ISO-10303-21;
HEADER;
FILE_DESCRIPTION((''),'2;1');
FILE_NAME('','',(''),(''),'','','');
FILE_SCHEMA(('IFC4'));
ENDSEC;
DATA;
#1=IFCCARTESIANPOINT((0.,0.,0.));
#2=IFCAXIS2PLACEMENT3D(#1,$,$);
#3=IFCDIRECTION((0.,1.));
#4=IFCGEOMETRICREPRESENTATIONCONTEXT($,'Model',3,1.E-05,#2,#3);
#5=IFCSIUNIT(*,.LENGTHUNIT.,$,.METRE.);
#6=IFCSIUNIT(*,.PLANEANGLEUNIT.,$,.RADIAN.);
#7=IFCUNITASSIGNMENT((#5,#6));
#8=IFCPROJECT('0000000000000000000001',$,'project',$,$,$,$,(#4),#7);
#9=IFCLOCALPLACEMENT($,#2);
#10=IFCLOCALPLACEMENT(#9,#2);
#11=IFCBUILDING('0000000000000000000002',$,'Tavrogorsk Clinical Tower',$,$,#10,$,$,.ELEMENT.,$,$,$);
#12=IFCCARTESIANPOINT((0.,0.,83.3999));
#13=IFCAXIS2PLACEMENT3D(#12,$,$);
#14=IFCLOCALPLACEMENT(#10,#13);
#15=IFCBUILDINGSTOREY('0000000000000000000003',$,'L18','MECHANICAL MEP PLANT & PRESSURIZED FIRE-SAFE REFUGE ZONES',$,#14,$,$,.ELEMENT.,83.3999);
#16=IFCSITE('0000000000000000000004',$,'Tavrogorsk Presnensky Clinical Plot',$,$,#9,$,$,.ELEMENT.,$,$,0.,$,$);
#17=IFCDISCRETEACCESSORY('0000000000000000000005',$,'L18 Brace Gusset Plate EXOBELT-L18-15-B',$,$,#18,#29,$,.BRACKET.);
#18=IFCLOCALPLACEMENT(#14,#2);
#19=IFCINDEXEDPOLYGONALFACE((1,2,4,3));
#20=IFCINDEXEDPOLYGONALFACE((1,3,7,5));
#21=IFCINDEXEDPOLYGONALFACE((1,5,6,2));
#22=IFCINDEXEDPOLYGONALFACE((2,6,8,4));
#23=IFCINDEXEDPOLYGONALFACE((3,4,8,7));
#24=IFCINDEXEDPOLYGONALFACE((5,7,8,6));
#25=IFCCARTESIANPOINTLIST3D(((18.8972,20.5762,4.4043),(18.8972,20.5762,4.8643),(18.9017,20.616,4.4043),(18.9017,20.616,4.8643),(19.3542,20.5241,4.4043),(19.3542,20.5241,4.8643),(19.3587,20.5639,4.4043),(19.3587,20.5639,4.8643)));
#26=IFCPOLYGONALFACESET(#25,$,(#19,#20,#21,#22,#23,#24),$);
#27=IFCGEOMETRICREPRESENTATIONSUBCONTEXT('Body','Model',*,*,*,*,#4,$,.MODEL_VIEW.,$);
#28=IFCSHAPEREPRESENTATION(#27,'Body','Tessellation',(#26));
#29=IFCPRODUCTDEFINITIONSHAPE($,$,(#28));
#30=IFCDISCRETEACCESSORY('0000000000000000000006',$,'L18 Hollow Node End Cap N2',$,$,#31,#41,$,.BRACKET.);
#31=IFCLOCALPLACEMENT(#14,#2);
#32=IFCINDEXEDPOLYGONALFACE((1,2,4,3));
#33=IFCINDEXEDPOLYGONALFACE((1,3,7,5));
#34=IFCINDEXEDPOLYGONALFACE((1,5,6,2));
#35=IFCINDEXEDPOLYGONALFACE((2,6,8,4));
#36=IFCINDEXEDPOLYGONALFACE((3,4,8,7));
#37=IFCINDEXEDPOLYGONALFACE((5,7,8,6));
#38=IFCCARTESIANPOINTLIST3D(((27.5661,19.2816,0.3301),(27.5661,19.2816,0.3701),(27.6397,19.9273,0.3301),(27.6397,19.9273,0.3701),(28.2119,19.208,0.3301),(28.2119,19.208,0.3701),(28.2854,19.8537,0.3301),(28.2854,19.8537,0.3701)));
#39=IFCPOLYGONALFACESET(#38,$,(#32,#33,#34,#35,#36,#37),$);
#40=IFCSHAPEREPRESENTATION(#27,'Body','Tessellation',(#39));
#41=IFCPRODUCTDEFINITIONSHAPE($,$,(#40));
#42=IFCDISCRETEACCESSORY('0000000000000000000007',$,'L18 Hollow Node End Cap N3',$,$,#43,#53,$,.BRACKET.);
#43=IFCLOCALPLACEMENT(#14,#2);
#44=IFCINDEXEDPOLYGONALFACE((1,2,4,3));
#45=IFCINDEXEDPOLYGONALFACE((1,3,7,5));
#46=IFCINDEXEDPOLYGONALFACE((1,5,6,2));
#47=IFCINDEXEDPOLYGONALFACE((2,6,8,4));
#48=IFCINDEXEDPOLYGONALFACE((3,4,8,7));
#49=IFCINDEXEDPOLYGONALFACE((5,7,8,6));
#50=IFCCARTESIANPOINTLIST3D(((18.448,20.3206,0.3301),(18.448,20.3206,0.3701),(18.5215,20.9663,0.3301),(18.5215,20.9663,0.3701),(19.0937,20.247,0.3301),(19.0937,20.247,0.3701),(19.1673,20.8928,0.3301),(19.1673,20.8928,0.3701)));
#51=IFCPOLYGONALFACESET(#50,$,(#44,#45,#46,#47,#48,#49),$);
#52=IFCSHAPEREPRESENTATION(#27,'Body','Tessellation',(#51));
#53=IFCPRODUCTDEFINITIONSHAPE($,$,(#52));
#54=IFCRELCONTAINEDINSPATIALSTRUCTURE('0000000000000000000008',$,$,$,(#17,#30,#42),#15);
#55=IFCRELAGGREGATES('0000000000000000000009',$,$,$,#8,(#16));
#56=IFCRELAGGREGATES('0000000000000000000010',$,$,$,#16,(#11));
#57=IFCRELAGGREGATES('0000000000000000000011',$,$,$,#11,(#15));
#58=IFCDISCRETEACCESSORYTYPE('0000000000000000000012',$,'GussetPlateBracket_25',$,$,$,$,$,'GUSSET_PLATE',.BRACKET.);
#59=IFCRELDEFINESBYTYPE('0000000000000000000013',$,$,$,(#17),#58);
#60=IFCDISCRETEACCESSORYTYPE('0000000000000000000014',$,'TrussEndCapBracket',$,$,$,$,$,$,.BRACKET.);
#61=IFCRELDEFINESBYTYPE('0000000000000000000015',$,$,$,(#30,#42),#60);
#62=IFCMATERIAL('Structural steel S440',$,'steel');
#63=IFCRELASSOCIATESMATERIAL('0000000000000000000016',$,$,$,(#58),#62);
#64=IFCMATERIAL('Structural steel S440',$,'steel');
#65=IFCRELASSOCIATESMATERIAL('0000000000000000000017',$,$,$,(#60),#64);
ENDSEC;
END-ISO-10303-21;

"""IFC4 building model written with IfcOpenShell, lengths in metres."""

from ifc_helpers import new_model, si_unit, direction, frame, origin, origin_2d, place, context, subcontext, project, spatial, rectangle, extrude, material, type_object, element, save


model = new_model("IFC4")

# Units and contexts
model_context = context("Model", 3, precision=1e-05, world=origin(), true_north=direction((0.0, 1.0)))
body_context = subcontext(model_context, "Body", "Model", "MODEL_VIEW")
ifc_project = project(units=[si_unit("LENGTHUNIT", "METRE"), si_unit("PLANEANGLEUNIT", "RADIAN")], contexts=[model_context])

# Site, building, storey
site_placement = place(None, origin())
site = spatial("IfcSite", under=ifc_project, at=site_placement, Name="Tavrogorsk Presnensky Clinical Plot", CompositionType="ELEMENT", RefElevation=0.0)
building_placement = place(site_placement, origin())
building = spatial("IfcBuilding", under=site, at=building_placement, Name="Tavrogorsk Clinical Tower", CompositionType="ELEMENT")
storey_placement = place(building_placement, frame((0.0, 0.0, 83.3999)))
storey = spatial("IfcBuildingStorey", under=building, at=storey_placement, Name="L18", Description="MECHANICAL MEP PLANT & PRESSURIZED FIRE-SAFE REFUGE ZONES", CompositionType="ELEMENT", Elevation=83.3999)

# Discrete accessories
ifc_material_1 = material(Name="Structural steel S440", Category="steel")
discrete_accessory_type_1 = type_object("IfcDiscreteAccessoryType", Name="GussetPlateBracket_25", ElementType="GUSSET_PLATE", PredefinedType="BRACKET", material=ifc_material_1)
for number, where, z_axis, x_axis, name in (
    (1, (19.1279, 20.5701, 4.4043), (0.0, 0.0, 1.0), (-0.993572, 0.113203, 0.0), "L18 Brace Gusset Plate EXOBELT-L18-15-B"),
):
    element("IfcDiscreteAccessory", number, at=place(storey_placement, frame(where, z_axis=z_axis, x_axis=x_axis)), inside=storey, type_object=discrete_accessory_type_1, Name=name, PredefinedType="BRACKET", context=body_context, shape_type="SweptSolid", body=[
        extrude(rectangle(XDim=0.46, YDim=0.04, at=origin_2d()), origin(), (0.0, 0.0, 1.0), 0.46),
    ])
ifc_material_2 = material(Name="Structural steel S440", Category="steel")
discrete_accessory_type_2 = type_object("IfcDiscreteAccessoryType", Name="TrussEndCapBracket", PredefinedType="BRACKET", material=ifc_material_2)
for number, where, z_axis, x_axis, name in (
    (2, (27.9258, 19.5676, 0.3301), (0.0, 0.0, 1.0), (0.993572, -0.113203, 0.0), "L18 Hollow Node End Cap N2"),
    (3, (18.8076, 20.6067, 0.3301), (0.0, 0.0, 1.0), (0.993572, -0.113203, 0.0), "L18 Hollow Node End Cap N3"),
):
    element("IfcDiscreteAccessory", number, at=place(storey_placement, frame(where, z_axis=z_axis, x_axis=x_axis)), inside=storey, type_object=discrete_accessory_type_2, Name=name, PredefinedType="BRACKET", context=body_context, shape_type="SweptSolid", body=[
        extrude(rectangle(XDim=0.6499, YDim=0.6499, at=origin_2d()), origin(), (0.0, 0.0, 1.0), 0.04),
    ])

save(model, "model.ifc")
